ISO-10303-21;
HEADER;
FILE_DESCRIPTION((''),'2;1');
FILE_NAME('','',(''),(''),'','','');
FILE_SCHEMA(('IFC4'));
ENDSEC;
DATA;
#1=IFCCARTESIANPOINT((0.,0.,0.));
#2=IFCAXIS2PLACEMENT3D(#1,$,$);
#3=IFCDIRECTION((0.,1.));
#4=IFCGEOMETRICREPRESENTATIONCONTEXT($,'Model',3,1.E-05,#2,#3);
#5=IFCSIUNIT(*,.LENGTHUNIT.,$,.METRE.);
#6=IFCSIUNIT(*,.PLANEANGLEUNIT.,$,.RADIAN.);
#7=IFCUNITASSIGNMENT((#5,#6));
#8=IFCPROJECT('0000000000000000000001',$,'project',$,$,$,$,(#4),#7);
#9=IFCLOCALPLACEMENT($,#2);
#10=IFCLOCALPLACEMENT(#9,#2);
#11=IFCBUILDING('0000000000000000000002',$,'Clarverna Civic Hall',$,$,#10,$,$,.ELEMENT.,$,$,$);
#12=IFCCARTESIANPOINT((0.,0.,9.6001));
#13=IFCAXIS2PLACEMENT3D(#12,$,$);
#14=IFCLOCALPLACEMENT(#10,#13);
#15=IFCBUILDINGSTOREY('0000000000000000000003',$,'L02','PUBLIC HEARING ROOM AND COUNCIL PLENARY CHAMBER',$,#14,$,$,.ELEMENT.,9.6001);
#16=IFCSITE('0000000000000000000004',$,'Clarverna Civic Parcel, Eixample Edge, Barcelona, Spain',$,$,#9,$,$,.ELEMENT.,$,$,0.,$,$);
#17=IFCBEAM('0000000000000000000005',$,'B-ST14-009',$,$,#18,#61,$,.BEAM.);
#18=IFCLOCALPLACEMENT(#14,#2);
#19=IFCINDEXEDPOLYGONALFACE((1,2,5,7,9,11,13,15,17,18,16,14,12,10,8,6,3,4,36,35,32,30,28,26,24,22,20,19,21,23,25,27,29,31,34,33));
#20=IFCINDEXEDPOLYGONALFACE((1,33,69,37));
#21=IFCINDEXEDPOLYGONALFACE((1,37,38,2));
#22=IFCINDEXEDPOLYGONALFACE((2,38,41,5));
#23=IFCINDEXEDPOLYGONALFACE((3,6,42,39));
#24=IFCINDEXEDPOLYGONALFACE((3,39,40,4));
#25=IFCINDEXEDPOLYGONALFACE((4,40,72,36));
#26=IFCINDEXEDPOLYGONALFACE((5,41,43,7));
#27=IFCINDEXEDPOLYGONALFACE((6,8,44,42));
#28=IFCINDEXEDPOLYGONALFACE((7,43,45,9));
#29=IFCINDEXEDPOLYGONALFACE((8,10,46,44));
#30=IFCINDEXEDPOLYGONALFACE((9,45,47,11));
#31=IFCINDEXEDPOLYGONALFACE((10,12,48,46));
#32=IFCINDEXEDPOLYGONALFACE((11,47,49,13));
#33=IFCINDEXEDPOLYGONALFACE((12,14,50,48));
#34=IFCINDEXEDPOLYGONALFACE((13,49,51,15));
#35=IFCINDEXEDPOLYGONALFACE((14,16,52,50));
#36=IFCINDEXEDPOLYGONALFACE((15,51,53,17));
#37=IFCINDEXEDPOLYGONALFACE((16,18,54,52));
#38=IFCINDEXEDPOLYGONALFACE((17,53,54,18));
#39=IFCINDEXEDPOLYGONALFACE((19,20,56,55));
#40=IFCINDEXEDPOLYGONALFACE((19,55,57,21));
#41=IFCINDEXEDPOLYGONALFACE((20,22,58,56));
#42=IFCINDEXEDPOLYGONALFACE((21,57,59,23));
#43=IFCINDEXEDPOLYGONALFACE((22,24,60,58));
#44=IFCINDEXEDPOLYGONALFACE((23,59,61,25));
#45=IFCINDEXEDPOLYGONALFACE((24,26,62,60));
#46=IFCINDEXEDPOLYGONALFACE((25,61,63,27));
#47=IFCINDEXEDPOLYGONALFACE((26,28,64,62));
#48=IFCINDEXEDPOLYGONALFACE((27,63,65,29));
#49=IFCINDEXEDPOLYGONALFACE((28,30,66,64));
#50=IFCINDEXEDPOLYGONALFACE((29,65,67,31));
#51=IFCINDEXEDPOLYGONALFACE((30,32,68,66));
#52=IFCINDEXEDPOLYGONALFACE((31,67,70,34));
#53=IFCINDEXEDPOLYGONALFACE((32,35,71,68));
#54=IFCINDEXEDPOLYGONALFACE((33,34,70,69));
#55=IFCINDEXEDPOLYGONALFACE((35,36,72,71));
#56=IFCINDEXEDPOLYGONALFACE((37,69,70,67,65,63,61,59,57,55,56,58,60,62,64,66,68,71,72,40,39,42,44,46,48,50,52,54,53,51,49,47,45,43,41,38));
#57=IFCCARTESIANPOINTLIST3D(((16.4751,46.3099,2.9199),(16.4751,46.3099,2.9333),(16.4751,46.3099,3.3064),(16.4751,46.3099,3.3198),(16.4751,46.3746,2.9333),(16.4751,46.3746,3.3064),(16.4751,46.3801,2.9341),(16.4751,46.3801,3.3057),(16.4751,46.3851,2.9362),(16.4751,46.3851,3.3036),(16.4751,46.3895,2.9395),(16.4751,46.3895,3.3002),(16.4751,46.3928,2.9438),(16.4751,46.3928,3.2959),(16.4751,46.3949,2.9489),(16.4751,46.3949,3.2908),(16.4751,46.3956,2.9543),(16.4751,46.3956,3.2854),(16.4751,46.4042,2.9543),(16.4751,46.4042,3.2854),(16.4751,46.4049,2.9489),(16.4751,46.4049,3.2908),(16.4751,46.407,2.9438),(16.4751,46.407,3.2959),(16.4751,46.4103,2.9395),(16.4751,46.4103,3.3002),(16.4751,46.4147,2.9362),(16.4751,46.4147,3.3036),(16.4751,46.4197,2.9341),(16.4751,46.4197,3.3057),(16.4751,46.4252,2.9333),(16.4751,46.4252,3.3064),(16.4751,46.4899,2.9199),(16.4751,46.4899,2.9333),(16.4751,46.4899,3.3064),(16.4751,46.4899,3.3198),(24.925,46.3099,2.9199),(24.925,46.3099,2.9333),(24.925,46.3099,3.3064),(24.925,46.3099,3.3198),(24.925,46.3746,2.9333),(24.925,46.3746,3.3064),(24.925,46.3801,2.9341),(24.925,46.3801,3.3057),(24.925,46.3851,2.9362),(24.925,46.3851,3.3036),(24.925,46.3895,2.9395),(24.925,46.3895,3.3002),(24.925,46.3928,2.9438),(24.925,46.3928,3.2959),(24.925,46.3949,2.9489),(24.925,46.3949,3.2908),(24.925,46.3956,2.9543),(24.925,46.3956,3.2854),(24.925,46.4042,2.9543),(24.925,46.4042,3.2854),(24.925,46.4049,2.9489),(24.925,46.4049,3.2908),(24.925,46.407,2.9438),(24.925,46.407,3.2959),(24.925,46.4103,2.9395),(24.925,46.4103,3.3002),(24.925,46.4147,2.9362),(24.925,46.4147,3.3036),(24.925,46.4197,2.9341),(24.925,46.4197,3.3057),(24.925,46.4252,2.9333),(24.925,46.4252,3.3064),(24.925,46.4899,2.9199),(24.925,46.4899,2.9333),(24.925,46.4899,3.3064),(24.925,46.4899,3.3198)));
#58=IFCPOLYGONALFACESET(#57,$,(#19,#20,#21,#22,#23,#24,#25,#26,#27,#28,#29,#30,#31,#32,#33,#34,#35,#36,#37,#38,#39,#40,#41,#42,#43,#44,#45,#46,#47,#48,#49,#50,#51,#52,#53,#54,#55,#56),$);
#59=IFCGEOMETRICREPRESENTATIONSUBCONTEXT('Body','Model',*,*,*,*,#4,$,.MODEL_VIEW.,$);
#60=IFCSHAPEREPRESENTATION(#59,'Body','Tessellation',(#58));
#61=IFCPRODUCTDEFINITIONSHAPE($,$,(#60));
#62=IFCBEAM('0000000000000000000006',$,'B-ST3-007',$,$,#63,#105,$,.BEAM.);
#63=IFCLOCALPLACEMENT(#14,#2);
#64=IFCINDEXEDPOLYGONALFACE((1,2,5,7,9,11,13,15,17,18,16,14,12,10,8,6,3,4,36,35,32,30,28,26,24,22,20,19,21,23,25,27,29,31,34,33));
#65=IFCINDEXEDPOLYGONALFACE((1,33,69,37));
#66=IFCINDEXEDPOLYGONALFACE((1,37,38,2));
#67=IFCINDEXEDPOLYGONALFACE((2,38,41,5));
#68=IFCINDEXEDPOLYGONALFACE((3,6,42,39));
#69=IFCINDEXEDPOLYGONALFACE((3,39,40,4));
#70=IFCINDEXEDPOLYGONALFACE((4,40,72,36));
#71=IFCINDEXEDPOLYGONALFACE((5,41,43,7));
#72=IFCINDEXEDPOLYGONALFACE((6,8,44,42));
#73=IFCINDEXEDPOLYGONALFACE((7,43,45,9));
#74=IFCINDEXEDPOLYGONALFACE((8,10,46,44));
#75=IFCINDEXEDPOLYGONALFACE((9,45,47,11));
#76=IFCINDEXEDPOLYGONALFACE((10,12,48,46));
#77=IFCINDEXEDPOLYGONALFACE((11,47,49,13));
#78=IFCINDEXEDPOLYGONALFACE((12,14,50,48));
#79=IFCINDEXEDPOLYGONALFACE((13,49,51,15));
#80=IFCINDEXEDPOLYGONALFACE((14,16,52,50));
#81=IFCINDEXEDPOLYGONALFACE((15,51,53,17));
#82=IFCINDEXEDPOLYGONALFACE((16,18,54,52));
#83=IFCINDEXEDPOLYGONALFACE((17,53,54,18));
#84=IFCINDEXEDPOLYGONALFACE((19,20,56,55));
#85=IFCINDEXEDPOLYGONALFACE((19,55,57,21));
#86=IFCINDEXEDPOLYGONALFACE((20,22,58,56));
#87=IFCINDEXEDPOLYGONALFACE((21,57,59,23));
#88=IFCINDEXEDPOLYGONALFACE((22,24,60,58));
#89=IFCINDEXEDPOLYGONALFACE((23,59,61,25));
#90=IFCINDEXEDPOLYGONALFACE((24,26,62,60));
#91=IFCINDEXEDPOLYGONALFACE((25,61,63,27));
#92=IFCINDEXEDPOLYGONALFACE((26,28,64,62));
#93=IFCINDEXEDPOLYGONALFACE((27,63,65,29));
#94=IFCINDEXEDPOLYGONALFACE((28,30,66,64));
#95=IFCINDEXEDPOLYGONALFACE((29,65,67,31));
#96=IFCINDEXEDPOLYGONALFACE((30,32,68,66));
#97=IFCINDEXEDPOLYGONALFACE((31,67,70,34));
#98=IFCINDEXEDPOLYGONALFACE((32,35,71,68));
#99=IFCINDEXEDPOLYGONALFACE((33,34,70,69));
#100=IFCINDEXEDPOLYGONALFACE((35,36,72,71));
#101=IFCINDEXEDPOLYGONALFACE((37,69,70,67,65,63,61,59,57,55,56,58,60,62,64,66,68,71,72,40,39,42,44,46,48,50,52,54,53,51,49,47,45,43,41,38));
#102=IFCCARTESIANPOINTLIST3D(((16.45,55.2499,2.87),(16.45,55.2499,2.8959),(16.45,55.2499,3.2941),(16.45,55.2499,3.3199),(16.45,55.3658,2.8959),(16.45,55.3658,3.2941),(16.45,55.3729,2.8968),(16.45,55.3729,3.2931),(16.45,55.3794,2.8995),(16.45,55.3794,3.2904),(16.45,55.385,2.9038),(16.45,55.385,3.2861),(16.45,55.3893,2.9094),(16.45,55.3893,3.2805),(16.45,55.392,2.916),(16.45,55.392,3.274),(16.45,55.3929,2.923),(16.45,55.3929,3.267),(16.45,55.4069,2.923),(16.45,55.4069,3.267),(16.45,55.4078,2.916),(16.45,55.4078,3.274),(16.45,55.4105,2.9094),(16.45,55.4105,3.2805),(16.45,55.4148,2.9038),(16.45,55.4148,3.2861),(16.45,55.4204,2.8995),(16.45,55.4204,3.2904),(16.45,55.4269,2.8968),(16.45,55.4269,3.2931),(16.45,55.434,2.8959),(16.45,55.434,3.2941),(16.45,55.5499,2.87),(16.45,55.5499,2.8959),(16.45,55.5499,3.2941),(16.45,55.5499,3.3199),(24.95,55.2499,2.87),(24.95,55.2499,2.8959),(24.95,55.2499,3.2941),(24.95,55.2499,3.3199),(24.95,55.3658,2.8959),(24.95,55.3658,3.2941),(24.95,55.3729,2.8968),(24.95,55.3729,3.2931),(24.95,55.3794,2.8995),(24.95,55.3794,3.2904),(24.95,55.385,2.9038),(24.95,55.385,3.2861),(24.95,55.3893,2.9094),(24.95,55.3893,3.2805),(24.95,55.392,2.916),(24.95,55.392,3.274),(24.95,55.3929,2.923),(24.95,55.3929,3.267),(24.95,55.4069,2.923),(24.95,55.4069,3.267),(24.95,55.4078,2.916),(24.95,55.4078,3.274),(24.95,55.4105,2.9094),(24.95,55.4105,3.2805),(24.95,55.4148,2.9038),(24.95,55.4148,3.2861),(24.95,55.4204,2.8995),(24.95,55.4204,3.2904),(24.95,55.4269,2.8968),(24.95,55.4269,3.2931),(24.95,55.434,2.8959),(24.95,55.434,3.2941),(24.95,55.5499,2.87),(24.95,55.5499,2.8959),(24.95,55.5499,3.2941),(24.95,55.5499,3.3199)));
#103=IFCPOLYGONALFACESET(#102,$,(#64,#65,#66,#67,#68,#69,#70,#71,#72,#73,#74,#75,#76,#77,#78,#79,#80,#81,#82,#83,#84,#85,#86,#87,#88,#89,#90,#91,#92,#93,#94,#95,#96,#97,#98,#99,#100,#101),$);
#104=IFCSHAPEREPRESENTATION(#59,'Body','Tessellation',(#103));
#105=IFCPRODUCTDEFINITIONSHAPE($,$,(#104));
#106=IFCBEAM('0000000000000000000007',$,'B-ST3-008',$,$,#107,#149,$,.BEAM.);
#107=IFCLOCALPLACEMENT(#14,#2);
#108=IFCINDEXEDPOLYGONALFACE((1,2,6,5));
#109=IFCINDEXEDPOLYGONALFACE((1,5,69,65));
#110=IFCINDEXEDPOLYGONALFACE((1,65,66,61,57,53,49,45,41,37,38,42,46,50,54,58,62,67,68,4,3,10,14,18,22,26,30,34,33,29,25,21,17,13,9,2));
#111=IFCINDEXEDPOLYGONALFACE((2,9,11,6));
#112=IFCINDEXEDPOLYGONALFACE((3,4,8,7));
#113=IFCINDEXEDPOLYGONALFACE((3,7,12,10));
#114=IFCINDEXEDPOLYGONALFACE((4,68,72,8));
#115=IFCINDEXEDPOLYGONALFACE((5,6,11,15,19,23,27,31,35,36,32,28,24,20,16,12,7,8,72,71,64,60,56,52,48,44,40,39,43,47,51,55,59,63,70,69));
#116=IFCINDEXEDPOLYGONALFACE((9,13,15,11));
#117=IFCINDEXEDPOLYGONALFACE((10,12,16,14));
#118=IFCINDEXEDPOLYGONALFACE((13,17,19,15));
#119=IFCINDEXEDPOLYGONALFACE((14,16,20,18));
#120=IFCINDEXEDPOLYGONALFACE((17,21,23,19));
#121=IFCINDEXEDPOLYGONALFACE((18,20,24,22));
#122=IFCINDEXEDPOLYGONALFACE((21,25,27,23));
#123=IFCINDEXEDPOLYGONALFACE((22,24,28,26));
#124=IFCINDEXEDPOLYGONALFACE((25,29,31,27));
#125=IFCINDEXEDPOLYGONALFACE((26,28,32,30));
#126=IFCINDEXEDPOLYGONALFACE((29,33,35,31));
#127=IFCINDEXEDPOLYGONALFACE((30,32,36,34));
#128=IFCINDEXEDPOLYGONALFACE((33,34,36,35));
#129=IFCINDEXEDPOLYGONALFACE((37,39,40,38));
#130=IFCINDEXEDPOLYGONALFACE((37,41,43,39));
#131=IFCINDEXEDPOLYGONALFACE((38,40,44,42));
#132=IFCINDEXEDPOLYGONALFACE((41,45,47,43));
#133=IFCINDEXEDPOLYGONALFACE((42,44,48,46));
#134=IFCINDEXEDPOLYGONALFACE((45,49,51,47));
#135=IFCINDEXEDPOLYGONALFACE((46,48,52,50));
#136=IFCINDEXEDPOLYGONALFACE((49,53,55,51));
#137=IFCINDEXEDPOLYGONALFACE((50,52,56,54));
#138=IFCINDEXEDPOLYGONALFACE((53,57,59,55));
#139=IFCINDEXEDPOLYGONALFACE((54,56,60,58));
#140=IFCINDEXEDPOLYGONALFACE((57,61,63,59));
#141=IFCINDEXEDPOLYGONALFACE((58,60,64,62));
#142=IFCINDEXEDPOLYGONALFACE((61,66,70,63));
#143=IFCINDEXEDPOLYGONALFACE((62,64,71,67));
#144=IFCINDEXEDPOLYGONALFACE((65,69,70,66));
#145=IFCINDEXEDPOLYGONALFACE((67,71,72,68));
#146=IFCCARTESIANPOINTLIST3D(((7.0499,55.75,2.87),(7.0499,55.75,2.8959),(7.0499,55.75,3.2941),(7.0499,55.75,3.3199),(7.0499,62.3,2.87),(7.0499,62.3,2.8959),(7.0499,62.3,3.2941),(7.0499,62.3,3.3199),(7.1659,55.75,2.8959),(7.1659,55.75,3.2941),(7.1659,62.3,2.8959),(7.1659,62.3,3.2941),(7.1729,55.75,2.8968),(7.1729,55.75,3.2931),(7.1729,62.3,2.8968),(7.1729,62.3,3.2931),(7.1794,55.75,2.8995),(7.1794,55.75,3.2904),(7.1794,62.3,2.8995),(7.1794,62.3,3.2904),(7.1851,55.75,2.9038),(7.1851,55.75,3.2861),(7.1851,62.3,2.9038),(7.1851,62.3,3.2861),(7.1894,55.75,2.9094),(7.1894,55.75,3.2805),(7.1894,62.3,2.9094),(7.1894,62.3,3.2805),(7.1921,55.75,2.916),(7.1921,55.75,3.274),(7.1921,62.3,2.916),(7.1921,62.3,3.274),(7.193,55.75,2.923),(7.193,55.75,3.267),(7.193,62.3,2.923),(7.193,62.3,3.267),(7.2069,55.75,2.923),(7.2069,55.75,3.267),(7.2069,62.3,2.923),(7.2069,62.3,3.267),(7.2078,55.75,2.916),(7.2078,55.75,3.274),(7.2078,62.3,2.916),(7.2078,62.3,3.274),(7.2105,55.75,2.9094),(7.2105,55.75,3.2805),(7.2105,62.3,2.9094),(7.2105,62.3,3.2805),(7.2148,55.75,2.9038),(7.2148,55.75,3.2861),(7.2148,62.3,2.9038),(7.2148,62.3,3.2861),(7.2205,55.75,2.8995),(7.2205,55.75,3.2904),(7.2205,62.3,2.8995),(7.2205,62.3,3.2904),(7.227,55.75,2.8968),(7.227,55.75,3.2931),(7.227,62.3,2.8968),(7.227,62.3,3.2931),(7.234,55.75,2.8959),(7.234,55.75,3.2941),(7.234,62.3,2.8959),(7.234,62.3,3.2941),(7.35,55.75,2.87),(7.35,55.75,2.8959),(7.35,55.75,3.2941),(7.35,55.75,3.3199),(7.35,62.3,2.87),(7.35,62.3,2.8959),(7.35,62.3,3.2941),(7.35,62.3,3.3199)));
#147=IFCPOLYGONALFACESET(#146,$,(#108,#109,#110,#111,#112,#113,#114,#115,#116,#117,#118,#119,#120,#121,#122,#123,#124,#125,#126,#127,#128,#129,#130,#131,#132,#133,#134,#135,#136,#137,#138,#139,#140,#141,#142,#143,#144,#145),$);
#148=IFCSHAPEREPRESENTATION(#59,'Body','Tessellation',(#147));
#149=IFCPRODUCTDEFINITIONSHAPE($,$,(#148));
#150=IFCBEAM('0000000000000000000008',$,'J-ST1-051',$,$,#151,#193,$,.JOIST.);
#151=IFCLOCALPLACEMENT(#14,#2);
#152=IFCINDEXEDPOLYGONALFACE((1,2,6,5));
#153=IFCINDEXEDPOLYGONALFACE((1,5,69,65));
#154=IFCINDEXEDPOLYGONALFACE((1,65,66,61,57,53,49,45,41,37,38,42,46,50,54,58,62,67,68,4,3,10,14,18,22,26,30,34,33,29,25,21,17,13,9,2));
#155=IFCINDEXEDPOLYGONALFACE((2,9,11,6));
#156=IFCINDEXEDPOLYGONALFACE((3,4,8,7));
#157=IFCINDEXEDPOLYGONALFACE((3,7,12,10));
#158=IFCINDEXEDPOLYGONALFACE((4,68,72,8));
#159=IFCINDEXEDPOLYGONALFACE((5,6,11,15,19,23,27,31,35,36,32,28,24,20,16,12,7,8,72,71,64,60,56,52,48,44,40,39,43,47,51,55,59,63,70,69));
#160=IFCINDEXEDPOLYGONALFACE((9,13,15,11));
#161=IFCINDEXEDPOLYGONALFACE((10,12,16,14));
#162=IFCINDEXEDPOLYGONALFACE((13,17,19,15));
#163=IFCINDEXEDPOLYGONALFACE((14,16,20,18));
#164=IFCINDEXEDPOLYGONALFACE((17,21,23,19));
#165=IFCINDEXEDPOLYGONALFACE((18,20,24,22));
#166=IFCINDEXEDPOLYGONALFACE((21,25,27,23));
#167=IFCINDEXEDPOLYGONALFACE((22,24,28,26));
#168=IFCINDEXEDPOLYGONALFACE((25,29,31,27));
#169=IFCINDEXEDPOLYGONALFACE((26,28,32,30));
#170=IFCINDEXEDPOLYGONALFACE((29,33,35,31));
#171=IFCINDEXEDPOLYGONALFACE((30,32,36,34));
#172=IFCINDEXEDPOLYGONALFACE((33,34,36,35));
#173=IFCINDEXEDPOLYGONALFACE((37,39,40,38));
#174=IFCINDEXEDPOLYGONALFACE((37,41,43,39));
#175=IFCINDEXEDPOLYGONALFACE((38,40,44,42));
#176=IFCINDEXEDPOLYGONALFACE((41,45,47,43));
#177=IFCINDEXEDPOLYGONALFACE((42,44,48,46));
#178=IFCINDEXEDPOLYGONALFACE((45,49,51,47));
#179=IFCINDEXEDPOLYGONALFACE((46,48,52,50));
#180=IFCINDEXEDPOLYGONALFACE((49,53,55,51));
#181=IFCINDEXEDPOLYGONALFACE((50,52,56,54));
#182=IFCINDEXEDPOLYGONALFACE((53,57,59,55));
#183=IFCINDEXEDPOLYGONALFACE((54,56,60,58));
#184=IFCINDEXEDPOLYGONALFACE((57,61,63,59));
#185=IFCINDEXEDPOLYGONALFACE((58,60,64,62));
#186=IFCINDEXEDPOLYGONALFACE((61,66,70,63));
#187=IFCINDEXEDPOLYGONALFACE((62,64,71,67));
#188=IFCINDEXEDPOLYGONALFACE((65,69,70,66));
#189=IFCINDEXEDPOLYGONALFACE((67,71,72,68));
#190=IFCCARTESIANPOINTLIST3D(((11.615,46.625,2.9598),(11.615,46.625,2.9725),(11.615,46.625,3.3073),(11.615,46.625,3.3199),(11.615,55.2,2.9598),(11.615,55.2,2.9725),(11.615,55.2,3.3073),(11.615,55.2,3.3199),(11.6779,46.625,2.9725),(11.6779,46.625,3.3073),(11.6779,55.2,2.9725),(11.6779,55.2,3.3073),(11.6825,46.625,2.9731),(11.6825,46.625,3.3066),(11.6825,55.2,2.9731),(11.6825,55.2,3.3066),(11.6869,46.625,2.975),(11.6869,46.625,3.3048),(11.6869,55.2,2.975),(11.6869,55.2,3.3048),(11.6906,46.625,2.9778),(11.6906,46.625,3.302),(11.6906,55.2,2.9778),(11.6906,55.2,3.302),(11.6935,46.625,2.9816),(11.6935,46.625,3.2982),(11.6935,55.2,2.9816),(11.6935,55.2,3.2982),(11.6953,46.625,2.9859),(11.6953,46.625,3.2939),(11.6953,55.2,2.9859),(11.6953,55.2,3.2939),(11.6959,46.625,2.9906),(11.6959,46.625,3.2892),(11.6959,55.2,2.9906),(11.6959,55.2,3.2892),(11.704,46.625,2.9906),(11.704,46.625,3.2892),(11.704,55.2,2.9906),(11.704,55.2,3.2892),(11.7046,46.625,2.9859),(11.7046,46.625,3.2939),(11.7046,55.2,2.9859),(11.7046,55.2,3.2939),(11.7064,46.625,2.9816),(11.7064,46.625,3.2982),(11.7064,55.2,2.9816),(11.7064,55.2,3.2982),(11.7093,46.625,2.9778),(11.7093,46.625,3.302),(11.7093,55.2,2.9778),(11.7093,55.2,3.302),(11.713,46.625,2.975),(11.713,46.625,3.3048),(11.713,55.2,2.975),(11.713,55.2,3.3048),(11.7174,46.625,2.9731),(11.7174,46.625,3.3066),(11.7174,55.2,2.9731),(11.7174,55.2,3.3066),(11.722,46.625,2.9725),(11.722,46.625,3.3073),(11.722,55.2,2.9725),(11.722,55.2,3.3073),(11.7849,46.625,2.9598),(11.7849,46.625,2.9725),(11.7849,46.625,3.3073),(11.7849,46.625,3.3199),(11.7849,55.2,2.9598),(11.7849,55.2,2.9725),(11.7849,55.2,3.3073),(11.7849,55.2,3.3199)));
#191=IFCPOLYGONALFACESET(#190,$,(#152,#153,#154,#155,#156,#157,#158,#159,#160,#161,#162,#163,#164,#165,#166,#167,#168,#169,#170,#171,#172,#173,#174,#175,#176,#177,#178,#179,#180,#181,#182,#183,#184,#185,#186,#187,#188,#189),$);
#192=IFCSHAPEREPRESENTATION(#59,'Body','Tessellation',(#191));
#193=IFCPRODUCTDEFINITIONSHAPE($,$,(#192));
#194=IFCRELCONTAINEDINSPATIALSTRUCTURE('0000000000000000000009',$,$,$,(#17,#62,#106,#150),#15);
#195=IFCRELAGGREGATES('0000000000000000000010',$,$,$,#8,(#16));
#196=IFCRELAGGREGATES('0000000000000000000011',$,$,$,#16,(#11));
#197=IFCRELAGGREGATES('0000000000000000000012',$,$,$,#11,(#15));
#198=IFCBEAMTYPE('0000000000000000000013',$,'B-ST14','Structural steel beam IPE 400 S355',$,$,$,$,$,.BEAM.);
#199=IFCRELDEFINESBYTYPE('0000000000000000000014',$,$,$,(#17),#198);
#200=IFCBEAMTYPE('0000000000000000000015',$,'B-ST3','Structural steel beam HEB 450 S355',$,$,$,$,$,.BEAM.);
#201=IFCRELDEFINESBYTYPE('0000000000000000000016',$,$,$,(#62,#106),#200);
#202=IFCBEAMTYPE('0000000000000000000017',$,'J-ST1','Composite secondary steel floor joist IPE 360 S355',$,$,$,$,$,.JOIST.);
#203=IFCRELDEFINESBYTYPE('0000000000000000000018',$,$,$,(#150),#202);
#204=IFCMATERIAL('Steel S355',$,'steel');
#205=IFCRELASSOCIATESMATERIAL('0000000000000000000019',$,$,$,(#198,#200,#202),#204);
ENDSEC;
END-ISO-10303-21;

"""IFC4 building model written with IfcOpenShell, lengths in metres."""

from ifc_helpers import new_model, si_unit, direction, frame, origin, origin_2d, place, context, subcontext, project, spatial, i_section, extrude, material, material_profile, profile_set, type_object, element, save


model = new_model("IFC4")

# Units and contexts
model_context = context("Model", 3, precision=1e-05, world=origin(), true_north=direction((0.0, 1.0)))
body_context = subcontext(model_context, "Body", "Model", "MODEL_VIEW")
ifc_project = project(units=[si_unit("LENGTHUNIT", "METRE"), si_unit("PLANEANGLEUNIT", "RADIAN")], contexts=[model_context])

# Site, building, storey
site_placement = place(None, origin())
site = spatial("IfcSite", under=ifc_project, at=site_placement, Name="Clarverna Civic Parcel, Eixample Edge, Barcelona, Spain", CompositionType="ELEMENT", RefElevation=0.0)
building_placement = place(site_placement, origin())
building = spatial("IfcBuilding", under=site, at=building_placement, Name="Clarverna Civic Hall", CompositionType="ELEMENT")
storey_placement = place(building_placement, frame((0.0, 0.0, 9.6001)))
storey = spatial("IfcBuildingStorey", under=building, at=storey_placement, Name="L02", Description="PUBLIC HEARING ROOM AND COUNCIL PLENARY CHAMBER", CompositionType="ELEMENT", Elevation=9.6001)

# Beams
ifc_material_1 = material(Name="Steel S355", Category="steel")
ifc_material_profile_1 = material_profile(ifc_material_1, i_section(OverallWidth=0.1799, OverallDepth=0.3999, WebThickness=0.0085, FlangeThickness=0.0134, FilletRadius=0.021, at=origin_2d()), Name="IPE 400")
ifc_profile_set_1 = profile_set([ifc_material_profile_1], Name="Steel S355")
beam_type_1 = type_object("IfcBeamType", Name="B-ST14", Description="Structural steel beam IPE 400 S355", PredefinedType="BEAM", material=ifc_profile_set_1)
beam_1_placement = place(storey_placement, frame((16.4751, 46.3999, 3.1199), z_axis=(1.0, 0.0, 0.0), x_axis=(0.0, 1.0, 0.0)))
element("IfcBeam", 1, at=beam_1_placement, inside=storey, type_object=beam_type_1, Name="B-ST14-009", PredefinedType="BEAM", context=body_context, shape_type="SweptSolid", body=[
    extrude(i_section(OverallWidth=0.1799, OverallDepth=0.3999, WebThickness=0.0085, FlangeThickness=0.0134, FilletRadius=0.021, at=origin_2d()), origin(), (0.0, 0.0, 1.0), 8.45),
])
ifc_material_profile_2 = material_profile(ifc_material_1, i_section(OverallWidth=0.3, OverallDepth=0.45, WebThickness=0.0139, FlangeThickness=0.0259, FilletRadius=0.0271, at=origin_2d()), Name="HEB 450")
ifc_profile_set_2 = profile_set([ifc_material_profile_2], Name="Steel S355")
beam_type_2 = type_object("IfcBeamType", Name="B-ST3", Description="Structural steel beam HEB 450 S355", PredefinedType="BEAM", material=ifc_profile_set_2)
beam_2_placement = place(storey_placement, frame((16.45, 55.3999, 3.095), z_axis=(1.0, 0.0, 0.0), x_axis=(0.0, 1.0, 0.0)))
element("IfcBeam", 2, at=beam_2_placement, inside=storey, type_object=beam_type_2, Name="B-ST3-007", PredefinedType="BEAM", context=body_context, shape_type="SweptSolid", body=[
    extrude(i_section(OverallWidth=0.3, OverallDepth=0.45, WebThickness=0.0139, FlangeThickness=0.0259, FilletRadius=0.0271, at=origin_2d()), origin(), (0.0, 0.0, 1.0), 8.5),
])
beam_3_placement = place(storey_placement, frame((7.2, 55.75, 3.095), z_axis=(0.0, 1.0, 0.0), x_axis=(-1.0, 0.0, 0.0)))
element("IfcBeam", 3, at=beam_3_placement, inside=storey, type_object=beam_type_2, Name="B-ST3-008", PredefinedType="BEAM", context=body_context, shape_type="SweptSolid", body=[
    extrude(i_section(OverallWidth=0.3, OverallDepth=0.45, WebThickness=0.0139, FlangeThickness=0.0259, FilletRadius=0.0271, at=origin_2d()), origin(), (0.0, 0.0, 1.0), 6.55),
])
ifc_material_profile_3 = material_profile(ifc_material_1, i_section(OverallWidth=0.1699, OverallDepth=0.3601, WebThickness=0.0081, FlangeThickness=0.0127, FilletRadius=0.0181, at=origin_2d()), Name="IPE 360")
ifc_profile_set_3 = profile_set([ifc_material_profile_3], Name="Steel S355")
beam_type_3 = type_object("IfcBeamType", Name="J-ST1", Description="Composite secondary steel floor joist IPE 360 S355", PredefinedType="JOIST", material=ifc_profile_set_3)
beam_4_placement = place(storey_placement, frame((11.7, 46.625, 3.1399), z_axis=(0.0, 1.0, 0.0), x_axis=(-1.0, 0.0, 0.0)))
element("IfcBeam", 4, at=beam_4_placement, inside=storey, type_object=beam_type_3, Name="J-ST1-051", PredefinedType="JOIST", context=body_context, shape_type="SweptSolid", body=[
    extrude(i_section(OverallWidth=0.1699, OverallDepth=0.3601, WebThickness=0.0081, FlangeThickness=0.0127, FilletRadius=0.0181, at=origin_2d()), origin(), (0.0, 0.0, 1.0), 8.575),
])

save(model, "model.ifc")
